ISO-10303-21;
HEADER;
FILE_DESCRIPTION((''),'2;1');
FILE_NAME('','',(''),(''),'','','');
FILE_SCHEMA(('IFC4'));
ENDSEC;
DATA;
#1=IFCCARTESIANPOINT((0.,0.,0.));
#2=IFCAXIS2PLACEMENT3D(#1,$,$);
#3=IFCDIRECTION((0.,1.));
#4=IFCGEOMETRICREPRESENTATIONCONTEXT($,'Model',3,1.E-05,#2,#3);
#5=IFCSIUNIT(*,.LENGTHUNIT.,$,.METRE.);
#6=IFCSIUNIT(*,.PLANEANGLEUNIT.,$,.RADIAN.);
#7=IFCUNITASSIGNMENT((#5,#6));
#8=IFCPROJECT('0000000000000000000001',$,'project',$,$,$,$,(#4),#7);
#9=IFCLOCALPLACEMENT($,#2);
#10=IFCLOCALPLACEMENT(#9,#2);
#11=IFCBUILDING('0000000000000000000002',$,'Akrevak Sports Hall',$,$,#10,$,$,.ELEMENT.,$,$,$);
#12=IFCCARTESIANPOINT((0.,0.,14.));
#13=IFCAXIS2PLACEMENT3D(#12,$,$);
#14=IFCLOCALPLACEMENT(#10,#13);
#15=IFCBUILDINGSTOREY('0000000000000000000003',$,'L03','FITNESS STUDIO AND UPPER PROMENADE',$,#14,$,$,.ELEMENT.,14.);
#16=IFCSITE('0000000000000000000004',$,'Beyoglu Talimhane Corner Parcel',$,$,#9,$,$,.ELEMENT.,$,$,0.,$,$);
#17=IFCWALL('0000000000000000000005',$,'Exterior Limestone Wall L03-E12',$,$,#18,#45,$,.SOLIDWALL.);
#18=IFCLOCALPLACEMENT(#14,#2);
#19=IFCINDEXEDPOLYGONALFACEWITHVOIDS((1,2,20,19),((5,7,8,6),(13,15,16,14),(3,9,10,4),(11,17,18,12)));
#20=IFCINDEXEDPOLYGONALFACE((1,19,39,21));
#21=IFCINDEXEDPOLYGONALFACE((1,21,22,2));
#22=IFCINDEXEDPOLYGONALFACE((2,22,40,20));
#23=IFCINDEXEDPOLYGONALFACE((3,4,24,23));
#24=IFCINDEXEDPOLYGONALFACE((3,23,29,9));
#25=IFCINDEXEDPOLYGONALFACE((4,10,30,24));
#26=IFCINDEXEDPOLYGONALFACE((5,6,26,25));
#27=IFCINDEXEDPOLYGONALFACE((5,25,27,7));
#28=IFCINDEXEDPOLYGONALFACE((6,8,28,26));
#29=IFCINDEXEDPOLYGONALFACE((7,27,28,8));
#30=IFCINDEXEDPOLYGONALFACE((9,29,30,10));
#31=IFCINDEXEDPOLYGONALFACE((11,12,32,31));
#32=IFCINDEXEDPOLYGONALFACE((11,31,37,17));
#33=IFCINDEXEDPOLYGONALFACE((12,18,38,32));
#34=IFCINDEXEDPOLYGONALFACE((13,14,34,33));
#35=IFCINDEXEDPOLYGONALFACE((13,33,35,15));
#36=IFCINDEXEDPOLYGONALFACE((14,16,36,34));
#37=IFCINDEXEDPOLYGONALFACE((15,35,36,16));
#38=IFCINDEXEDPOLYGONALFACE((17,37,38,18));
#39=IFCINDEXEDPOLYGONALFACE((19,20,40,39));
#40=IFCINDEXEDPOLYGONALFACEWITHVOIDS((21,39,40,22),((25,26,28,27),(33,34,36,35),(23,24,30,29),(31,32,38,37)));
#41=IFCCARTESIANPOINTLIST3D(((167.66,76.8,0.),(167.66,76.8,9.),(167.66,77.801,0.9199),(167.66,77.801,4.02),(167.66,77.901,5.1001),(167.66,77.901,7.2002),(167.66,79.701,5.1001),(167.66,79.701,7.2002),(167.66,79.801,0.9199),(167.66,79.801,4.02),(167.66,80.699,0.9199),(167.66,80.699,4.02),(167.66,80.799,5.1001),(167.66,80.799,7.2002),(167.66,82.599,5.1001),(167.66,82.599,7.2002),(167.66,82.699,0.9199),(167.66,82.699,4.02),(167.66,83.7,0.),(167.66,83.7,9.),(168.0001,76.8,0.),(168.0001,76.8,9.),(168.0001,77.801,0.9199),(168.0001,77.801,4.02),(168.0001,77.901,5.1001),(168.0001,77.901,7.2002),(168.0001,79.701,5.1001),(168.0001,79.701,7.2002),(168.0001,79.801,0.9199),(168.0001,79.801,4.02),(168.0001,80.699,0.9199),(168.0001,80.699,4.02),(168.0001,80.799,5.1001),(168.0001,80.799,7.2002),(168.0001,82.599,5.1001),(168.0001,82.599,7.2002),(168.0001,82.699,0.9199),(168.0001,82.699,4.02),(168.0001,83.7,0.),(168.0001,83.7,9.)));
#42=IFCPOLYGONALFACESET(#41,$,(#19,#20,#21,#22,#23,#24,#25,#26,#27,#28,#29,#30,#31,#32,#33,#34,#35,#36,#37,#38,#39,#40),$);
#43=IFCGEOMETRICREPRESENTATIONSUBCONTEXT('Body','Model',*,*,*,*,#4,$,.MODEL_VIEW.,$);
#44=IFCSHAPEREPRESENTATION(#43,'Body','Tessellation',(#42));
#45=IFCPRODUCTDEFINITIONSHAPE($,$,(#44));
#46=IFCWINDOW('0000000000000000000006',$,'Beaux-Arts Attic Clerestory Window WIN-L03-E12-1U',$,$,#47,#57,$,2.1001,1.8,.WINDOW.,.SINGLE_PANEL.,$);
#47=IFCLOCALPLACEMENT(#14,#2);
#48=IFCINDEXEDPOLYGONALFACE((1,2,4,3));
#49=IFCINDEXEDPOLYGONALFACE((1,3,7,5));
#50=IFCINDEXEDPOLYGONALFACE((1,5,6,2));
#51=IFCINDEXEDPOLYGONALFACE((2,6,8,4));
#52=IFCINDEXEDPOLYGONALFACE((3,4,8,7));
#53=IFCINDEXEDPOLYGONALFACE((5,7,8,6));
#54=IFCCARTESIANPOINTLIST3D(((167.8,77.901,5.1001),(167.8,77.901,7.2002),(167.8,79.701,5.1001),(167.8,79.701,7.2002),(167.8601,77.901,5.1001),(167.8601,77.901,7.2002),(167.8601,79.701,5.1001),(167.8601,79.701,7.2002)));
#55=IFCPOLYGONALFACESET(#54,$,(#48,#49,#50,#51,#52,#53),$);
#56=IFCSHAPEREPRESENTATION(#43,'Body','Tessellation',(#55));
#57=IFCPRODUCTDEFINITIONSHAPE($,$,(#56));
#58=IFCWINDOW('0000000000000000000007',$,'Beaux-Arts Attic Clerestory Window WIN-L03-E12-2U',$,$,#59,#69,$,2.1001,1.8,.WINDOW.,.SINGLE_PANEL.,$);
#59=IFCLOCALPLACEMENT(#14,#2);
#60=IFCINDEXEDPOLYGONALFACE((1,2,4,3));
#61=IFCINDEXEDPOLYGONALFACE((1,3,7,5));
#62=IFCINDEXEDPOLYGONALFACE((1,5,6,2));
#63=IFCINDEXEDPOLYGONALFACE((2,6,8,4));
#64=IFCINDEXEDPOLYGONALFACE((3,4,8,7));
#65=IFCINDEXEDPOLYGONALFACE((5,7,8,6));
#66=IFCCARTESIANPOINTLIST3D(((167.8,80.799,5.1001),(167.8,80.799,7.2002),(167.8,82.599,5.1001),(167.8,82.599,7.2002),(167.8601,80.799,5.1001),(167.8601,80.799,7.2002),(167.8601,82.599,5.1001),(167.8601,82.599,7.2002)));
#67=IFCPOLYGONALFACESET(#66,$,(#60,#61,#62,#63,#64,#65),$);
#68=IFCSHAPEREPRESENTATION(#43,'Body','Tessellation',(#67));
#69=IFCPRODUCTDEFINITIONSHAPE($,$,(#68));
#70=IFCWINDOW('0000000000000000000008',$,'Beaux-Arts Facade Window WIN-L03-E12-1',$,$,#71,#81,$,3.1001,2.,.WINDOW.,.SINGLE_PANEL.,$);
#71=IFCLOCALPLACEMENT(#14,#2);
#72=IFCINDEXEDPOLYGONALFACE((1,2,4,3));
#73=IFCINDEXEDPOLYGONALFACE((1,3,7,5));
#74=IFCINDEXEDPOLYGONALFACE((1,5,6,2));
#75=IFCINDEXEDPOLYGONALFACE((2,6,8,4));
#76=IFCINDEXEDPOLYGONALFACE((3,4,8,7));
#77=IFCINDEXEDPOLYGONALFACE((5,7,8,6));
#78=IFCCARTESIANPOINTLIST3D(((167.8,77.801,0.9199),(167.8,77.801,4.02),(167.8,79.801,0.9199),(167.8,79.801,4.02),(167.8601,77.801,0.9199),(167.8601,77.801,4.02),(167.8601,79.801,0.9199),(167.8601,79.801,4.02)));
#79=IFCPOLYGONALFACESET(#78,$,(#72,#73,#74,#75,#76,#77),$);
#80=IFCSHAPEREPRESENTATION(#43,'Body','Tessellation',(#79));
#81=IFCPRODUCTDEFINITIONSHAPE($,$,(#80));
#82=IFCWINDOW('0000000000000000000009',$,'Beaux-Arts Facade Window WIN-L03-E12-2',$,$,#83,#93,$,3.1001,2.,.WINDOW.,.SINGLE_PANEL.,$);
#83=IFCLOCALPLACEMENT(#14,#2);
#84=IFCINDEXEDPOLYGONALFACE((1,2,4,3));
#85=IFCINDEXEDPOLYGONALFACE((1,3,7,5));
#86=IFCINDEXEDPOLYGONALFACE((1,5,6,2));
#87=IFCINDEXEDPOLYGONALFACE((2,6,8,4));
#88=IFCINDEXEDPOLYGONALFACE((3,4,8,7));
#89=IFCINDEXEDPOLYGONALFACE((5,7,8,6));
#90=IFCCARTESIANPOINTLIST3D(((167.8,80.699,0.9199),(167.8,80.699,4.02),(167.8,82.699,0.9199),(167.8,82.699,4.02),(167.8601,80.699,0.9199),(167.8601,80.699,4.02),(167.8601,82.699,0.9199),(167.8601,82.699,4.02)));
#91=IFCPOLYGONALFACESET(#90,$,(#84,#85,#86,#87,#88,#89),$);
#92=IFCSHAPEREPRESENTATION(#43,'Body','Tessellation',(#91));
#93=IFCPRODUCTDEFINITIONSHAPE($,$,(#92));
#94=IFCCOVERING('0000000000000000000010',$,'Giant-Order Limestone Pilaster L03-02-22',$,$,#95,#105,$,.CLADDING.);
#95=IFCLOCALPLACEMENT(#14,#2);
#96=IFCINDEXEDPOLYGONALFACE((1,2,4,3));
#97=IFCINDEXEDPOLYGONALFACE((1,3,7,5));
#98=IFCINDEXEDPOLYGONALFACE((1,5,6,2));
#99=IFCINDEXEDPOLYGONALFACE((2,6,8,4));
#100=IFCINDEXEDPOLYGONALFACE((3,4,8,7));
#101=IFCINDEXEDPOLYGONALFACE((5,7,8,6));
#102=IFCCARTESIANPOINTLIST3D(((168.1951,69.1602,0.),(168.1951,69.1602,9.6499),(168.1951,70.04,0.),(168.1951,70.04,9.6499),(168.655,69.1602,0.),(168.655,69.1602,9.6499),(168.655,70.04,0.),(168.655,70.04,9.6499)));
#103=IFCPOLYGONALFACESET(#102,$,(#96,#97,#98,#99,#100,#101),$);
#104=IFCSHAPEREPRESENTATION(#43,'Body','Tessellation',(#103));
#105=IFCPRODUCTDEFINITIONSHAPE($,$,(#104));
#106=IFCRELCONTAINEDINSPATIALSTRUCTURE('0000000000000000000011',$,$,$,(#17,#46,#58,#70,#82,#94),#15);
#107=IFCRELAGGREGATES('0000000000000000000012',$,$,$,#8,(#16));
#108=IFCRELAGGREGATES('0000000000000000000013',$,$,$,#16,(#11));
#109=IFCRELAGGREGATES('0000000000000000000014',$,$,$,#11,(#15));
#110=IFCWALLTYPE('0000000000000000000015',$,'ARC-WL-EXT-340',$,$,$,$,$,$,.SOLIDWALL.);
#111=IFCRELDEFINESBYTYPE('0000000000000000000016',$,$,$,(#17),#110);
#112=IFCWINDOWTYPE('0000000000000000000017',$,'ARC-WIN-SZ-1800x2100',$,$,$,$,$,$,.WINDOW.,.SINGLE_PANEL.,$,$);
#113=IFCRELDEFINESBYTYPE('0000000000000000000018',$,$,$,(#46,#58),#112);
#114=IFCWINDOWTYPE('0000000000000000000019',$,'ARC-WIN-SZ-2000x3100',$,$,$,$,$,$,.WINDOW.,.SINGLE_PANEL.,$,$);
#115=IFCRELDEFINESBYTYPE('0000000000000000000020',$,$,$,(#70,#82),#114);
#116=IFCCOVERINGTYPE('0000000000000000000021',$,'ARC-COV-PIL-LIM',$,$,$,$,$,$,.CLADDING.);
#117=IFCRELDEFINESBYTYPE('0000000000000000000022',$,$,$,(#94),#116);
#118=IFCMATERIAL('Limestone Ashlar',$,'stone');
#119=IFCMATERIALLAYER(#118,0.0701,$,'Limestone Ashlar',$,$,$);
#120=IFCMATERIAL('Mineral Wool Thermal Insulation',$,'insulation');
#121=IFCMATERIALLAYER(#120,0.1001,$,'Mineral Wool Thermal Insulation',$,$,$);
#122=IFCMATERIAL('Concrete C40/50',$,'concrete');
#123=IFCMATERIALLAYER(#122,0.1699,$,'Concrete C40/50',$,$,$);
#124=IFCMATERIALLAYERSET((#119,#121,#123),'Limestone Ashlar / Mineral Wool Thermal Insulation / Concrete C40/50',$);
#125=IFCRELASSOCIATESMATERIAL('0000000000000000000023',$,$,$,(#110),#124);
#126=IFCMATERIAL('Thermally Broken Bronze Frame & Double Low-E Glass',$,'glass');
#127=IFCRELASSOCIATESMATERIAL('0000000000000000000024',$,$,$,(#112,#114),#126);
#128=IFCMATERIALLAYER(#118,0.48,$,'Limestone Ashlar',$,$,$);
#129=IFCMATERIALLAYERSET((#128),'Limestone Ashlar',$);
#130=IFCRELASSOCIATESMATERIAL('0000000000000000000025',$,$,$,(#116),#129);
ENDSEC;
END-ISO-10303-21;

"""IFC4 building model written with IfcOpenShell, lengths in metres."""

from ifc_helpers import new_model, si_unit, direction, frame, frame_2d, origin, origin_2d, place, context, subcontext, project, spatial, rectangle, extrude, material, layer, layer_set, type_object, element, fill, save


model = new_model("IFC4")

# Units and contexts
model_context = context("Model", 3, precision=1e-05, world=origin(), true_north=direction((0.0, 1.0)))
body_context = subcontext(model_context, "Body", "Model", "MODEL_VIEW")
ifc_project = project(units=[si_unit("LENGTHUNIT", "METRE"), si_unit("PLANEANGLEUNIT", "RADIAN")], contexts=[model_context])

# Site, building, storey
site_placement = place(None, origin())
site = spatial("IfcSite", under=ifc_project, at=site_placement, Name="Beyoglu Talimhane Corner Parcel", CompositionType="ELEMENT", RefElevation=0.0)
building_placement = place(site_placement, origin())
building = spatial("IfcBuilding", under=site, at=building_placement, Name="Akrevak Sports Hall", CompositionType="ELEMENT")
storey_placement = place(building_placement, frame((0.0, 0.0, 14.0)))
storey = spatial("IfcBuildingStorey", under=building, at=storey_placement, Name="L03", Description="FITNESS STUDIO AND UPPER PROMENADE", CompositionType="ELEMENT", Elevation=14.0)

# Shared definitions
ifc_material_1 = material(Name="Concrete C40/50", Category="concrete")

# Wall, openings, windows
ifc_material_2 = material(Name="Limestone Ashlar", Category="stone")
ifc_layer_1 = layer(ifc_material_2, 0.0701, Name="Limestone Ashlar")
ifc_material_3 = material(Name="Mineral Wool Thermal Insulation", Category="insulation")
ifc_layer_2 = layer(ifc_material_3, 0.1001, Name="Mineral Wool Thermal Insulation")
ifc_layer_3 = layer(ifc_material_1, 0.1699, Name="Concrete C40/50")
ifc_layer_set_1 = layer_set([ifc_layer_1, ifc_layer_2, ifc_layer_3], Name="Limestone Ashlar / Mineral Wool Thermal Insulation / Concrete C40/50")
wall_type = type_object("IfcWallType", Name="ARC-WL-EXT-340", PredefinedType="SOLIDWALL", material=ifc_layer_set_1)
ifc_material_4 = material(Name="Thermally Broken Bronze Frame & Double Low-E Glass", Category="glass")
window_type_1 = type_object("IfcWindowType", Name="ARC-WIN-SZ-1800x2100", PartitioningType="SINGLE_PANEL", PredefinedType="WINDOW", material=ifc_material_4)
window_type_2 = type_object("IfcWindowType", Name="ARC-WIN-SZ-2000x3100", PartitioningType="SINGLE_PANEL", PredefinedType="WINDOW", material=ifc_material_4)
wall_1_placement = place(storey_placement, frame((167.8301, 76.8, 0.0), z_axis=(0.0, 0.0, 1.0), x_axis=(0.0, 1.0, 0.0)))
wall_1 = element("IfcWall", 1, at=wall_1_placement, inside=storey, type_object=wall_type, Name="Exterior Limestone Wall L03-E12", PredefinedType="SOLIDWALL", context=body_context, shape_type="SweptSolid", body=[
    extrude(rectangle(XDim=6.8999, YDim=0.3401, at=frame_2d((3.45, 0.0))), origin(), (0.0, 0.0, 1.0), 9.0),
])
opening_1_placement = place(wall_1_placement, frame((1.001, 0.0, 0.9199)))
opening_1 = element("IfcOpeningElement", 2, at=opening_1_placement, cuts=wall_1, PredefinedType="OPENING", context=body_context, shape_type="SweptSolid", body=[
    extrude(rectangle(XDim=2.0, YDim=3.1001, at=frame_2d((1.0, 1.55))), frame((0.0, 0.1821, 0.0), z_axis=(0.0, -1.0, 0.0), x_axis=(1.0, 0.0, 0.0)), (0.0, 0.0, 1.0), 0.364),
])
opening_2_placement = place(wall_1_placement, frame((1.1011, 0.0, 5.1001)))
opening_2 = element("IfcOpeningElement", 3, at=opening_2_placement, cuts=wall_1, PredefinedType="OPENING", context=body_context, shape_type="SweptSolid", body=[
    extrude(rectangle(XDim=1.8, YDim=2.1001, at=frame_2d((0.8999, 1.05))), frame((0.0, 0.1821, 0.0), z_axis=(0.0, -1.0, 0.0), x_axis=(1.0, 0.0, 0.0)), (0.0, 0.0, 1.0), 0.364),
])
opening_3_placement = place(wall_1_placement, frame((3.8989, 0.0, 0.9199)))
opening_3 = element("IfcOpeningElement", 4, at=opening_3_placement, cuts=wall_1, PredefinedType="OPENING", context=body_context, shape_type="SweptSolid", body=[
    extrude(rectangle(XDim=2.0, YDim=3.1001, at=frame_2d((1.0, 1.55))), frame((0.0, 0.1821, 0.0), z_axis=(0.0, -1.0, 0.0), x_axis=(1.0, 0.0, 0.0)), (0.0, 0.0, 1.0), 0.364),
])
opening_4_placement = place(wall_1_placement, frame((3.999, 0.0, 5.1001)))
opening_4 = element("IfcOpeningElement", 5, at=opening_4_placement, cuts=wall_1, PredefinedType="OPENING", context=body_context, shape_type="SweptSolid", body=[
    extrude(rectangle(XDim=1.8, YDim=2.1001, at=frame_2d((0.8999, 1.05))), frame((0.0, 0.1821, 0.0), z_axis=(0.0, -1.0, 0.0), x_axis=(1.0, 0.0, 0.0)), (0.0, 0.0, 1.0), 0.364),
])
window_1_placement = place(opening_2_placement, origin())
window_1 = element("IfcWindow", 6, at=window_1_placement, inside=storey, type_object=window_type_1, Name="Beaux-Arts Attic Clerestory Window WIN-L03-E12-1U", OverallHeight=2.1001, OverallWidth=1.8, PartitioningType="SINGLE_PANEL", PredefinedType="WINDOW", context=body_context, shape_type="SweptSolid", body=[
    extrude(rectangle(XDim=1.8, YDim=2.1001, at=frame_2d((0.8999, 1.05))), frame((0.0, 0.03, 0.0), z_axis=(0.0, -1.0, 0.0), x_axis=(1.0, 0.0, 0.0)), (0.0, 0.0, 1.0), 0.0601),
])
fill(opening_2, window_1)
window_2_placement = place(opening_4_placement, origin())
window_2 = element("IfcWindow", 7, at=window_2_placement, inside=storey, type_object=window_type_1, Name="Beaux-Arts Attic Clerestory Window WIN-L03-E12-2U", OverallHeight=2.1001, OverallWidth=1.8, PartitioningType="SINGLE_PANEL", PredefinedType="WINDOW", context=body_context, shape_type="SweptSolid", body=[
    extrude(rectangle(XDim=1.8, YDim=2.1001, at=frame_2d((0.8999, 1.05))), frame((0.0, 0.03, 0.0), z_axis=(0.0, -1.0, 0.0), x_axis=(1.0, 0.0, 0.0)), (0.0, 0.0, 1.0), 0.0601),
])
fill(opening_4, window_2)
window_3_placement = place(opening_1_placement, origin())
window_3 = element("IfcWindow", 8, at=window_3_placement, inside=storey, type_object=window_type_2, Name="Beaux-Arts Facade Window WIN-L03-E12-1", OverallHeight=3.1001, OverallWidth=2.0, PartitioningType="SINGLE_PANEL", PredefinedType="WINDOW", context=body_context, shape_type="SweptSolid", body=[
    extrude(rectangle(XDim=2.0, YDim=3.1001, at=frame_2d((1.0, 1.55))), frame((0.0, 0.03, 0.0), z_axis=(0.0, -1.0, 0.0), x_axis=(1.0, 0.0, 0.0)), (0.0, 0.0, 1.0), 0.0601),
])
fill(opening_1, window_3)
window_4_placement = place(opening_3_placement, origin())
window_4 = element("IfcWindow", 9, at=window_4_placement, inside=storey, type_object=window_type_2, Name="Beaux-Arts Facade Window WIN-L03-E12-2", OverallHeight=3.1001, OverallWidth=2.0, PartitioningType="SINGLE_PANEL", PredefinedType="WINDOW", context=body_context, shape_type="SweptSolid", body=[
    extrude(rectangle(XDim=2.0, YDim=3.1001, at=frame_2d((1.0, 1.55))), frame((0.0, 0.03, 0.0), z_axis=(0.0, -1.0, 0.0), x_axis=(1.0, 0.0, 0.0)), (0.0, 0.0, 1.0), 0.0601),
])
fill(opening_3, window_4)

# Covering
ifc_layer_4 = layer(ifc_material_2, 0.48, Name="Limestone Ashlar")
ifc_layer_set_2 = layer_set([ifc_layer_4], Name="Limestone Ashlar")
covering_type = type_object("IfcCoveringType", Name="ARC-COV-PIL-LIM", PredefinedType="CLADDING", material=ifc_layer_set_2)
covering_placement = place(storey_placement, frame((168.425, 69.6001, 0.0), z_axis=(0.0, 0.0, 1.0), x_axis=(0.0, 1.0, 0.0)))
element("IfcCovering", 10, at=covering_placement, inside=storey, type_object=covering_type, Name="Giant-Order Limestone Pilaster L03-02-22", PredefinedType="CLADDING", context=body_context, shape_type="SweptSolid", body=[
    extrude(rectangle(XDim=0.8799, YDim=0.46, at=origin_2d()), origin(), (0.0, 0.0, 1.0), 9.6499),
])

save(model, "model.ifc")
